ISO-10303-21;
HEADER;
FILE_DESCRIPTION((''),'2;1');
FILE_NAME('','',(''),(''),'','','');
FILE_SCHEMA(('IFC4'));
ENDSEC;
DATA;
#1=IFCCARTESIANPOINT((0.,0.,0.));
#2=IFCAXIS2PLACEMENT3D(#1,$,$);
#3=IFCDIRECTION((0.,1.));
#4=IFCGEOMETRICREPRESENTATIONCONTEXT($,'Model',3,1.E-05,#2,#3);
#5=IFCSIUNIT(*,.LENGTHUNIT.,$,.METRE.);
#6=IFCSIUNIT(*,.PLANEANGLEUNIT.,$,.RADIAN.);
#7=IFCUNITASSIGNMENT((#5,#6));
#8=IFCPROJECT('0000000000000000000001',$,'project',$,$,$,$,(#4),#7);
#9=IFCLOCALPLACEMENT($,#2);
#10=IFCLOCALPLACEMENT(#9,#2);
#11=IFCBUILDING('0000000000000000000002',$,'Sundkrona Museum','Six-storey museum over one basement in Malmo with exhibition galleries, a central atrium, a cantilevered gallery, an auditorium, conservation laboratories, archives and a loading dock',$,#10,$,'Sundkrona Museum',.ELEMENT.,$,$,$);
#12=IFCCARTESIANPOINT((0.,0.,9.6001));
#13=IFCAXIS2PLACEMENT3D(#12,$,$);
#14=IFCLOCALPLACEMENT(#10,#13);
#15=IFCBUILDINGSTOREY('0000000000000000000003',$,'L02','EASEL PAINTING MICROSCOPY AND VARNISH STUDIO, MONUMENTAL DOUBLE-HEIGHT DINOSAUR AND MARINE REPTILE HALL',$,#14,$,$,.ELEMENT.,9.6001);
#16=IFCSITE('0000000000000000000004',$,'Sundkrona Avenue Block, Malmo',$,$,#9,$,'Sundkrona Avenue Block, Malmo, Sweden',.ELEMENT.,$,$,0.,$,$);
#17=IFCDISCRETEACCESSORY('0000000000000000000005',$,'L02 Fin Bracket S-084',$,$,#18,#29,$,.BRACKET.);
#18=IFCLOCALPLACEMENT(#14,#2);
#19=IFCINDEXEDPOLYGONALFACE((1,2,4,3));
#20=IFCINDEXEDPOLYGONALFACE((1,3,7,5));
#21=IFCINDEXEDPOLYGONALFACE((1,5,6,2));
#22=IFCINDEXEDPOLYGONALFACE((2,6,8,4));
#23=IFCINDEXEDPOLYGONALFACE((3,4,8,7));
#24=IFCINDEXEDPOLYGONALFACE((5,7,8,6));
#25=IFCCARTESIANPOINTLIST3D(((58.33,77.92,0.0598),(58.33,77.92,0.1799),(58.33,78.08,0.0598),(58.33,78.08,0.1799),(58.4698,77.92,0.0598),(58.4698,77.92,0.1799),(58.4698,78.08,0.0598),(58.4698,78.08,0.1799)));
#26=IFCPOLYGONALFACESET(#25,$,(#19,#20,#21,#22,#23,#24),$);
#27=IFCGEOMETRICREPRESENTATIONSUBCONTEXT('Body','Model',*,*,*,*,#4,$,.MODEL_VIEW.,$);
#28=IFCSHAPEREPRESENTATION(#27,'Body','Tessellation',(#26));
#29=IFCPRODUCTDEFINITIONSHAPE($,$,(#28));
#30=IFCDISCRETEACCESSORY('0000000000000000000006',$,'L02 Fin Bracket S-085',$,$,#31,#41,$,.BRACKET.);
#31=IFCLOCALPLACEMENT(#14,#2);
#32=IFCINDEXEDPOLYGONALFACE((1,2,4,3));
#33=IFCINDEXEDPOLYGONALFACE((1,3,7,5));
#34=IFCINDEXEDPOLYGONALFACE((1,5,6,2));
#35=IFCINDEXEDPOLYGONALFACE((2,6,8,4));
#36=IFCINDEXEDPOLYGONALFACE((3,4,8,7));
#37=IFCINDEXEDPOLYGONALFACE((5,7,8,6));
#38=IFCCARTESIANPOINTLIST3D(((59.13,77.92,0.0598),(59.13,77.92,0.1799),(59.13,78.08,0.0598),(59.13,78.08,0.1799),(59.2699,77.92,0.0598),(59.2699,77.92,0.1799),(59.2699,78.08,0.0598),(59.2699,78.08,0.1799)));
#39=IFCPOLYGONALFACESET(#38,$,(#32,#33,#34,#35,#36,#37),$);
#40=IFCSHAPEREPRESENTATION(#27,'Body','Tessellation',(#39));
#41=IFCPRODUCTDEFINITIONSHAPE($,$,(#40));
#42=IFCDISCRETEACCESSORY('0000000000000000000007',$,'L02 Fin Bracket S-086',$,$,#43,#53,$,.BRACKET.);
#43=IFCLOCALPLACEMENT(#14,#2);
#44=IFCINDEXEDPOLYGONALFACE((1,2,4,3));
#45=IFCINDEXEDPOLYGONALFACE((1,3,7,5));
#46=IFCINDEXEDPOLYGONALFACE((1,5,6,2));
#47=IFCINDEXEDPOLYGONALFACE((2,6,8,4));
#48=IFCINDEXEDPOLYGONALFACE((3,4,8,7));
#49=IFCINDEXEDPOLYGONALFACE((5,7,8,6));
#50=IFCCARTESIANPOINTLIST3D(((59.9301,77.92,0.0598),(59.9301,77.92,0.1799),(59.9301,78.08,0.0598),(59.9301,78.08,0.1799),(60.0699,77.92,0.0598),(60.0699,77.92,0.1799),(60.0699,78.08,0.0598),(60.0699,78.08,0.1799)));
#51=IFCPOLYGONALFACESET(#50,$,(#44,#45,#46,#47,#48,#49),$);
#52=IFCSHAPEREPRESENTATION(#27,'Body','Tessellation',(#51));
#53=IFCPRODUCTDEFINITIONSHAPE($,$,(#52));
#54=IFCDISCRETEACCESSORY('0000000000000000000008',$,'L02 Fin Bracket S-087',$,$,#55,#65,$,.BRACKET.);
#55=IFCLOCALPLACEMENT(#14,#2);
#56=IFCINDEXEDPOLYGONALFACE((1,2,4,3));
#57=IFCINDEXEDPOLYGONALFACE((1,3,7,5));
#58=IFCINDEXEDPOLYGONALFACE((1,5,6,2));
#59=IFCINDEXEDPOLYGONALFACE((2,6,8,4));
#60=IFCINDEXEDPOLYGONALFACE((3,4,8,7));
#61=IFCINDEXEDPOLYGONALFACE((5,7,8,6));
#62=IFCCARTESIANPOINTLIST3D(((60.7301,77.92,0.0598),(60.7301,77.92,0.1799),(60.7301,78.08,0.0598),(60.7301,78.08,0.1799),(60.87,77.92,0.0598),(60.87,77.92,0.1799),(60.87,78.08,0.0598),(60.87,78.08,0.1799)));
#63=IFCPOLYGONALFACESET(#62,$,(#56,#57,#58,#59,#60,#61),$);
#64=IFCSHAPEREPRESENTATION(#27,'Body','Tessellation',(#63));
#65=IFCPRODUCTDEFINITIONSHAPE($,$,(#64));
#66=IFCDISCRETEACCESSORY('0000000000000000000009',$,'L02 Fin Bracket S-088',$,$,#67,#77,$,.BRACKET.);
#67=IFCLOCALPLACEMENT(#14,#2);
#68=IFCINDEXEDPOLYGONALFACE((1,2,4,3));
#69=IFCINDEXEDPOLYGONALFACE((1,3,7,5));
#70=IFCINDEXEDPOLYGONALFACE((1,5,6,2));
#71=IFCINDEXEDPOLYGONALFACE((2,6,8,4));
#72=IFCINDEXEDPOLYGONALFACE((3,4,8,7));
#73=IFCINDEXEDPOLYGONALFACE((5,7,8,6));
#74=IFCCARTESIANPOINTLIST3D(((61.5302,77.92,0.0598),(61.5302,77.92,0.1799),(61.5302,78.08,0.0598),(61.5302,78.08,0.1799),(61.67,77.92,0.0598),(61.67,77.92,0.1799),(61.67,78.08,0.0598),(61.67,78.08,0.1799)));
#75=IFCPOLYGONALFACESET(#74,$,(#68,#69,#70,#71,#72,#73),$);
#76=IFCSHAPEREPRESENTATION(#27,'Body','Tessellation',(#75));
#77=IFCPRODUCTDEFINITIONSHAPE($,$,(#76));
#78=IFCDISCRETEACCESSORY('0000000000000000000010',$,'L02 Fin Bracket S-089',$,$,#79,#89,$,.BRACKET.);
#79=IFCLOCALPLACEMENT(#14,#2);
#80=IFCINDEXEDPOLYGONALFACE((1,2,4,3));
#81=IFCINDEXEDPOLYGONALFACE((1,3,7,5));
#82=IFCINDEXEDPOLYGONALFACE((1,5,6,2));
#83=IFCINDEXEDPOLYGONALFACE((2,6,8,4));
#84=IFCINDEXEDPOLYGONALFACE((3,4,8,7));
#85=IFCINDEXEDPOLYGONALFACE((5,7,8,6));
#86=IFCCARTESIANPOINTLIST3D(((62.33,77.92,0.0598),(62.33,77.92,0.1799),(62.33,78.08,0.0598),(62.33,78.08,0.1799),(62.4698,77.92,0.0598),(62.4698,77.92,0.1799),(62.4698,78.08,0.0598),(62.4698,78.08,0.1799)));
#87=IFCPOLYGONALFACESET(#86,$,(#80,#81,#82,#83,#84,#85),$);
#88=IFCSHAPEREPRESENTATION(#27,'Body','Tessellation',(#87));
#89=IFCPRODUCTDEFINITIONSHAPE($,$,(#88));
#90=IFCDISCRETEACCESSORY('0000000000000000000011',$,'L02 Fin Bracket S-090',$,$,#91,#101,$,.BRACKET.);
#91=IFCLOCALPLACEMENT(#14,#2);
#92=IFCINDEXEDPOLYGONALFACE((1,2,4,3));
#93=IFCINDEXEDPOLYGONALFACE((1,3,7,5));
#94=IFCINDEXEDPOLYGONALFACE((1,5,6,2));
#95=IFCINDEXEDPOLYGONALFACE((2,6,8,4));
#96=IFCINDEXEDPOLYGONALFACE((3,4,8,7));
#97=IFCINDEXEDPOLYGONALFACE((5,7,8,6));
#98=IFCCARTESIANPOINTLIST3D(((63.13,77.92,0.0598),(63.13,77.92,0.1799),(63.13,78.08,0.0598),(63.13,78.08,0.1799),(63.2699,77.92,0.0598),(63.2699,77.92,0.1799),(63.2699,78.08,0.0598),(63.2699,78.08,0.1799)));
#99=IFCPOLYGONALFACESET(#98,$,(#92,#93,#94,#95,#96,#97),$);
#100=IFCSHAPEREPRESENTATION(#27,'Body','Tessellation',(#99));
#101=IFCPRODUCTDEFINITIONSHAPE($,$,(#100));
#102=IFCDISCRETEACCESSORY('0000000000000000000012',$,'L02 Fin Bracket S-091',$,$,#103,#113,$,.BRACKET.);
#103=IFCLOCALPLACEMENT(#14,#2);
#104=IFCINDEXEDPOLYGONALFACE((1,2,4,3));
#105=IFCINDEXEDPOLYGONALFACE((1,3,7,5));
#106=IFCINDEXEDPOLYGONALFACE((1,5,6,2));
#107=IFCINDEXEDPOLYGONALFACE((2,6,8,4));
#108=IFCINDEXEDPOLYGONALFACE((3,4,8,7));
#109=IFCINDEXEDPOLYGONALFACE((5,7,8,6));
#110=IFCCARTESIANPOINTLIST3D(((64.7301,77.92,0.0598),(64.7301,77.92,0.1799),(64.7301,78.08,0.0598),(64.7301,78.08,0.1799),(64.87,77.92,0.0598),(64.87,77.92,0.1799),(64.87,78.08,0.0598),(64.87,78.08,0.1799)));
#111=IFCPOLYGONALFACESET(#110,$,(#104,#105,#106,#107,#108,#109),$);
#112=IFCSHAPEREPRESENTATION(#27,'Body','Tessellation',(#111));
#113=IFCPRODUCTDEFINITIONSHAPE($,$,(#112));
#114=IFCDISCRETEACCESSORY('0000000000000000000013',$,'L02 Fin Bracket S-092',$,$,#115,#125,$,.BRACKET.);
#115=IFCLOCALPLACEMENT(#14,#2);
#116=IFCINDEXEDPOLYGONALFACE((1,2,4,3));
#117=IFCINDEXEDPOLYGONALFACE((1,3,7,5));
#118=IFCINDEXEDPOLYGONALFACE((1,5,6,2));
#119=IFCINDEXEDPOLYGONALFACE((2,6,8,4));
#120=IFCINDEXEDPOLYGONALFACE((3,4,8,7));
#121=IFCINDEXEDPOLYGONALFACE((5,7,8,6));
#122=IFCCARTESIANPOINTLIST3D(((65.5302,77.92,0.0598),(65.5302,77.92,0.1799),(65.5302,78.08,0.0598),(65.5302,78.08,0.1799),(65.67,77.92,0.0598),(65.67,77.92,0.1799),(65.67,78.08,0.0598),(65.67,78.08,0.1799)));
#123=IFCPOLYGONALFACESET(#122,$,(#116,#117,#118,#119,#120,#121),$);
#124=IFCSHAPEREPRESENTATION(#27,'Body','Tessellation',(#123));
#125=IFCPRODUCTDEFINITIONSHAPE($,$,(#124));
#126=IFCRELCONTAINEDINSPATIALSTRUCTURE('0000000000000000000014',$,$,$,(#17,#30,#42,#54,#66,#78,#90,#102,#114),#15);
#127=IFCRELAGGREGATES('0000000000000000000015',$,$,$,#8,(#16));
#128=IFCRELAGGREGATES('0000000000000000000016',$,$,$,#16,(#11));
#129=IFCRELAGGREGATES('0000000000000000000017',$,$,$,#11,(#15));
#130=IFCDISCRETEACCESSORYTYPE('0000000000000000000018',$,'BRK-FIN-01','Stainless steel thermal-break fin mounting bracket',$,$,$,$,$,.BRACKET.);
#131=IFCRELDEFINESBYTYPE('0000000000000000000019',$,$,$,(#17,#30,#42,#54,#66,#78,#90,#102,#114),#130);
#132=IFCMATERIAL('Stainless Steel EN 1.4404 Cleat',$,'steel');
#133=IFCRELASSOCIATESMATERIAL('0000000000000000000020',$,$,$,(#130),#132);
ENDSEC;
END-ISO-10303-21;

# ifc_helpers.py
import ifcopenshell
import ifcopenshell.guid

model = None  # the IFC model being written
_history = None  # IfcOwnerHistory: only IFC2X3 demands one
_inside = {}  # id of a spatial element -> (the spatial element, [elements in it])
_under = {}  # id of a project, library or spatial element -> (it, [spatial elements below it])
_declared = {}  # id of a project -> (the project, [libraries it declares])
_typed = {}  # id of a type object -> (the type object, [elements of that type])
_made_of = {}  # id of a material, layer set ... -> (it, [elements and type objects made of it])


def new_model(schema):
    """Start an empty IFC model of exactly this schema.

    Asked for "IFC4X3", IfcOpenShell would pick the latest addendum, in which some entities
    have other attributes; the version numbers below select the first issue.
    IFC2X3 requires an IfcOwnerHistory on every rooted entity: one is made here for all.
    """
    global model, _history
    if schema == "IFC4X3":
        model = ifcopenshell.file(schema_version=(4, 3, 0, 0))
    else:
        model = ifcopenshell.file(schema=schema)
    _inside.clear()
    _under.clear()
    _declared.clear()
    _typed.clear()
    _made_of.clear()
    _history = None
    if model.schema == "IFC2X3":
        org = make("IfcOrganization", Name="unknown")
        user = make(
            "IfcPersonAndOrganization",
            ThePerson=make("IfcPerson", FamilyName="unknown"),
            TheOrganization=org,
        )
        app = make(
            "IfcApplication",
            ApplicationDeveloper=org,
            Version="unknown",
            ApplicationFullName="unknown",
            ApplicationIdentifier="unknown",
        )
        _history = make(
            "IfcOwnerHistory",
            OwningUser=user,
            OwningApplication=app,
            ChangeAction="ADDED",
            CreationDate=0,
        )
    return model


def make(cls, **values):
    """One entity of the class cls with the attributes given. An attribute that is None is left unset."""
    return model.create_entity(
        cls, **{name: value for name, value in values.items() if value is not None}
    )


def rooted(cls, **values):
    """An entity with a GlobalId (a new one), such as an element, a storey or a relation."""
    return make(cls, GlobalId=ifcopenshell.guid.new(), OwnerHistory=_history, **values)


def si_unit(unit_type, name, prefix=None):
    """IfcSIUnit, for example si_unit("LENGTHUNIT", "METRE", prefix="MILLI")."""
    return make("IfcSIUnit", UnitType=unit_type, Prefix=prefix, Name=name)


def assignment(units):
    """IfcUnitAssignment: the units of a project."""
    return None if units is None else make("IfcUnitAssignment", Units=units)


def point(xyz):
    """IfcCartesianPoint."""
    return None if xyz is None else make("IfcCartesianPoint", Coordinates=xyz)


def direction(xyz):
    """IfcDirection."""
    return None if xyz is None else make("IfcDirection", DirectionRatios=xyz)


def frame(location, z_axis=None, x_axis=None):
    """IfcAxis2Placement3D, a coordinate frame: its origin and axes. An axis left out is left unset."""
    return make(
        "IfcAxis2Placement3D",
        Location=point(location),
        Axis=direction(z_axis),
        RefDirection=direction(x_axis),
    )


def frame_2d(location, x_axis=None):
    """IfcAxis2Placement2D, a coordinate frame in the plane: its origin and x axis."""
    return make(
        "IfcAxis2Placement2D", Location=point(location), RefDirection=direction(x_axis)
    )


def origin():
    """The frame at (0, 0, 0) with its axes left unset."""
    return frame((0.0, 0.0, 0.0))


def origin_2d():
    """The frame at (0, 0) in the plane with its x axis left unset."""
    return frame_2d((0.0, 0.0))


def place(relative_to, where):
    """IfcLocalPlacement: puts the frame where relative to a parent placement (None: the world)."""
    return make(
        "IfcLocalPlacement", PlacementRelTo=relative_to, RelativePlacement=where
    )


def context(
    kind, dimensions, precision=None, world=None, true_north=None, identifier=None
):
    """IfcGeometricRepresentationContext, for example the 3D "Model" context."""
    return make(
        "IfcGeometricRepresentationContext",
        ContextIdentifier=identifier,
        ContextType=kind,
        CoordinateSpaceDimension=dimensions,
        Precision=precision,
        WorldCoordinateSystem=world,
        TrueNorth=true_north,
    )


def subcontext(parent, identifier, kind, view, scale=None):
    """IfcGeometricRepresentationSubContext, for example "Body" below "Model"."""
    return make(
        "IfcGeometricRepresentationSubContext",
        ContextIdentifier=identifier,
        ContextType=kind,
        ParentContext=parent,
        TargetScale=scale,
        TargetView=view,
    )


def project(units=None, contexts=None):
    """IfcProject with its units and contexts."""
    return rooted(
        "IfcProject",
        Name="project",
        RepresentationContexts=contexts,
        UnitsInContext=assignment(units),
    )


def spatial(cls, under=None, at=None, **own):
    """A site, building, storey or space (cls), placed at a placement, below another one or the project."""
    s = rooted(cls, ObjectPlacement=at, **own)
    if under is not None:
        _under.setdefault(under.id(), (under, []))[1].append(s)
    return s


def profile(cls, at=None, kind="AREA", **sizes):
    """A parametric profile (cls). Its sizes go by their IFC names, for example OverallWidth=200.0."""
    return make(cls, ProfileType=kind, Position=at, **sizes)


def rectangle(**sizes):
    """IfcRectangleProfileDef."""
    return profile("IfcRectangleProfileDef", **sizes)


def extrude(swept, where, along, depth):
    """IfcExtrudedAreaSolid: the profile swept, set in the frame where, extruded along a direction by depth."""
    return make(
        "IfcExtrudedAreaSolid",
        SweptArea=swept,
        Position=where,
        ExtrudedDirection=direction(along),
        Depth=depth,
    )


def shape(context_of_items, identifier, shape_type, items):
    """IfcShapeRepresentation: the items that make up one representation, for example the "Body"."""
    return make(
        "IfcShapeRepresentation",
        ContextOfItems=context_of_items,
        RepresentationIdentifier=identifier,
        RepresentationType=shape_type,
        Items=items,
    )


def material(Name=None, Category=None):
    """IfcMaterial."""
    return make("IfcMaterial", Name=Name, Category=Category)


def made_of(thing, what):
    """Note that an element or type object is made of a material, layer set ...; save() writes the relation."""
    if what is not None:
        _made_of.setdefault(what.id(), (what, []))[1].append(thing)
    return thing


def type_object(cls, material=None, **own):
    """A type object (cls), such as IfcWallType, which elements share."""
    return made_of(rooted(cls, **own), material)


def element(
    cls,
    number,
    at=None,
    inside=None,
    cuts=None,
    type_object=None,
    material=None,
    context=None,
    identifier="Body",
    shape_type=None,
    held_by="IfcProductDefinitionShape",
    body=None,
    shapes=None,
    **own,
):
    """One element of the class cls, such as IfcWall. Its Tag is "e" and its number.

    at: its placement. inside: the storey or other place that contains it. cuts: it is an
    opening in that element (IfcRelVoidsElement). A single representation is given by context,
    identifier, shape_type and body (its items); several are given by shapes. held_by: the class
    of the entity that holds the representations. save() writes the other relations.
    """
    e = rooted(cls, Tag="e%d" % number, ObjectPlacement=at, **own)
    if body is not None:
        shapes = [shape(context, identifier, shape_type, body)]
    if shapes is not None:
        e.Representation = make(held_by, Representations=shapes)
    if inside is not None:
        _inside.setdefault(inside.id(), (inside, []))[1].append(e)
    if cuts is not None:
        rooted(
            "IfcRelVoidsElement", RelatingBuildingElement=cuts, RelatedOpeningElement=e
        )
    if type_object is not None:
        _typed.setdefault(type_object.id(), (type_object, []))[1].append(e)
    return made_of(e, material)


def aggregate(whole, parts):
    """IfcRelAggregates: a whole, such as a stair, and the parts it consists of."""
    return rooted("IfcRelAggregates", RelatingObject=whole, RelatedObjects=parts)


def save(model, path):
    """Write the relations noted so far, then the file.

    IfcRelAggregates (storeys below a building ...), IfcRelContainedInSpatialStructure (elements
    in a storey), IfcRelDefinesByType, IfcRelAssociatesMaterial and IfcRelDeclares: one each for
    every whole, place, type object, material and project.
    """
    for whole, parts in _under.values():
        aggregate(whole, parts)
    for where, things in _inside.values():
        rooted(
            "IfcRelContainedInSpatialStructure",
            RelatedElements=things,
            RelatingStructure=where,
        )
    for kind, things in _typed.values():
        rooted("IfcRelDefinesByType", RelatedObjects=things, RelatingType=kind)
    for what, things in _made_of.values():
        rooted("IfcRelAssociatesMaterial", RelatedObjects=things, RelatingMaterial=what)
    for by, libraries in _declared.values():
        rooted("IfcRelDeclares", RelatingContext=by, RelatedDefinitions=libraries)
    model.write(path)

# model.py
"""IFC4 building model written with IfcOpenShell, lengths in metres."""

from ifc_helpers import new_model, si_unit, direction, frame, origin, origin_2d, place, context, subcontext, project, spatial, rectangle, extrude, material, type_object, element, save


model = new_model("IFC4")

# Units and contexts
model_context = context("Model", 3, precision=1e-05, world=origin(), true_north=direction((0.0, 1.0)))
body_context = subcontext(model_context, "Body", "Model", "MODEL_VIEW")
ifc_project = project(units=[si_unit("LENGTHUNIT", "METRE"), si_unit("PLANEANGLEUNIT", "RADIAN")], contexts=[model_context])

# Site, building, storey
site_placement = place(None, origin())
site = spatial("IfcSite", under=ifc_project, at=site_placement, Name="Sundkrona Avenue Block, Malmo", LongName="Sundkrona Avenue Block, Malmo, Sweden", CompositionType="ELEMENT", RefElevation=0.0)
building_placement = place(site_placement, origin())
building = spatial("IfcBuilding", under=site, at=building_placement, Name="Sundkrona Museum", Description="Six-storey museum over one basement in Malmo with exhibition galleries, a central atrium, a cantilevered gallery, an auditorium, conservation laboratories, archives and a loading dock", LongName="Sundkrona Museum", CompositionType="ELEMENT")
storey_placement = place(building_placement, frame((0.0, 0.0, 9.6001)))
storey = spatial("IfcBuildingStorey", under=building, at=storey_placement, Name="L02", Description="EASEL PAINTING MICROSCOPY AND VARNISH STUDIO, MONUMENTAL DOUBLE-HEIGHT DINOSAUR AND MARINE REPTILE HALL", CompositionType="ELEMENT", Elevation=9.6001)

# Discrete accessories
ifc_material_1 = material(Name="Stainless Steel EN 1.4404 Cleat", Category="steel")
discrete_accessory_type = type_object("IfcDiscreteAccessoryType", Name="BRK-FIN-01", Description="Stainless steel thermal-break fin mounting bracket", PredefinedType="BRACKET", material=ifc_material_1)
for number, where, z_axis, x_axis, name in (
    (1, (58.3999, 78.0, 0.0598), (0.0, 0.0, 1.0), (1.0, 0.0, 0.0), "L02 Fin Bracket S-084"),
    (2, (59.2, 78.0, 0.0598), (0.0, 0.0, 1.0), (1.0, 0.0, 0.0), "L02 Fin Bracket S-085"),
    (3, (60.0, 78.0, 0.0598), (0.0, 0.0, 1.0), (1.0, 0.0, 0.0), "L02 Fin Bracket S-086"),
    (4, (60.8, 78.0, 0.0598), (0.0, 0.0, 1.0), (1.0, 0.0, 0.0), "L02 Fin Bracket S-087"),
    (5, (61.6001, 78.0, 0.0598), (0.0, 0.0, 1.0), (1.0, 0.0, 0.0), "L02 Fin Bracket S-088"),
    (6, (62.3999, 78.0, 0.0598), (0.0, 0.0, 1.0), (1.0, 0.0, 0.0), "L02 Fin Bracket S-089"),
    (7, (63.2, 78.0, 0.0598), (0.0, 0.0, 1.0), (1.0, 0.0, 0.0), "L02 Fin Bracket S-090"),
    (8, (64.8, 78.0, 0.0598), (0.0, 0.0, 1.0), (1.0, 0.0, 0.0), "L02 Fin Bracket S-091"),
    (9, (65.6001, 78.0, 0.0598), (0.0, 0.0, 1.0), (1.0, 0.0, 0.0), "L02 Fin Bracket S-092"),
):
    element("IfcDiscreteAccessory", number, at=place(storey_placement, frame(where, z_axis=z_axis, x_axis=x_axis)), inside=storey, type_object=discrete_accessory_type, Name=name, PredefinedType="BRACKET", context=body_context, shape_type="SweptSolid", body=[
        extrude(rectangle(XDim=0.1399, YDim=0.1599, at=origin_2d()), origin(), (0.0, 0.0, 1.0), 0.1201),
    ])

save(model, "model.ifc")
